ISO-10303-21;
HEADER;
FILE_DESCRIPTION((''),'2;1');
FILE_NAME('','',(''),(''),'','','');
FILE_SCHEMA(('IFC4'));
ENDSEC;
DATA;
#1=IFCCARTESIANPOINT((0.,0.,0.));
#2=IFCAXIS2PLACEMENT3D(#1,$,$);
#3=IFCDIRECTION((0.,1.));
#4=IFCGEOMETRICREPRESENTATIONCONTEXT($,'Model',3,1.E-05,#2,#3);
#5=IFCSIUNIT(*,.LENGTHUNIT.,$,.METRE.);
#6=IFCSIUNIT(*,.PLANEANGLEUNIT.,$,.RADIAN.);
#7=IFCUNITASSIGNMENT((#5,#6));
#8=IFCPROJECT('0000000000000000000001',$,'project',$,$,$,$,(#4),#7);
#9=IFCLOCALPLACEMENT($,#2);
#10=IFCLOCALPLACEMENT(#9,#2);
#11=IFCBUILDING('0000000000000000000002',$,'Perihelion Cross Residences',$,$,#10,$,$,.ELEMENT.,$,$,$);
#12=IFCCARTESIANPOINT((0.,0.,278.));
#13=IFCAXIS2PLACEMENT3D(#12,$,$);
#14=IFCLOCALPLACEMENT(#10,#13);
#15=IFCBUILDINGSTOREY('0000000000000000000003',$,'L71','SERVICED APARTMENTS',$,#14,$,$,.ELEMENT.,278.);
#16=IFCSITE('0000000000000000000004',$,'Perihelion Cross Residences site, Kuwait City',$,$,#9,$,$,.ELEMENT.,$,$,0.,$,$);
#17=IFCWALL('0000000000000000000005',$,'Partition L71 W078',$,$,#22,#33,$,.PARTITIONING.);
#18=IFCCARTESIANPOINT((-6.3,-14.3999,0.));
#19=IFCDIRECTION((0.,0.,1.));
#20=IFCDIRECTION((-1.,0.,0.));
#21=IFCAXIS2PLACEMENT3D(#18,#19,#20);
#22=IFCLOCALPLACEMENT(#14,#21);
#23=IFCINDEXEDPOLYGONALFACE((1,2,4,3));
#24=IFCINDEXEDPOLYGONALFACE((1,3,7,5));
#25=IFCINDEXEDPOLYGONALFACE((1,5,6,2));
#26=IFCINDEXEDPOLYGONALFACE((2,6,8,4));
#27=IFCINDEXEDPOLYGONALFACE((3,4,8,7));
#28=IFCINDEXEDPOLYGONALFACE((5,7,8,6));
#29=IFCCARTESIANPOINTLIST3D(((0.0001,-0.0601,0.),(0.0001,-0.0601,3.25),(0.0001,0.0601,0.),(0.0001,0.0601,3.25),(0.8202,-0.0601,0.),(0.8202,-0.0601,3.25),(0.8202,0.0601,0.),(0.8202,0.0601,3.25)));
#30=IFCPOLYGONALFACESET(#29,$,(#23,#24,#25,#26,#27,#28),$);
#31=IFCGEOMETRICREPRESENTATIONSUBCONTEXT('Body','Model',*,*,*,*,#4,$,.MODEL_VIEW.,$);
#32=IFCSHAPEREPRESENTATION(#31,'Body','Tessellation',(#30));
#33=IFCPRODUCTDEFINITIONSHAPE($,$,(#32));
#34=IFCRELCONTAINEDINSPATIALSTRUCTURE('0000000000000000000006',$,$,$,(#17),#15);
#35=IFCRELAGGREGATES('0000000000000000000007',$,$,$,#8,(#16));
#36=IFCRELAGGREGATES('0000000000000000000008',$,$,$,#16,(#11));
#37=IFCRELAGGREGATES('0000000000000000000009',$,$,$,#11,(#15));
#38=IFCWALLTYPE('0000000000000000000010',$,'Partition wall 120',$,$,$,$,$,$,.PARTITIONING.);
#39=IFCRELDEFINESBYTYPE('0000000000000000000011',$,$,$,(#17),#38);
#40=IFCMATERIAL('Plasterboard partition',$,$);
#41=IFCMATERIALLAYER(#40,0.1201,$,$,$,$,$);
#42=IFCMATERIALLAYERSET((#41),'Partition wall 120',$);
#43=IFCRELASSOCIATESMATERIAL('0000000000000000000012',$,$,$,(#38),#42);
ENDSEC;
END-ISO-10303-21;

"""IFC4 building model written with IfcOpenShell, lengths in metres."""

from ifc_helpers import new_model, si_unit, direction, frame, frame_2d, origin, place, context, subcontext, project, spatial, rectangle, extrude, material, layer, layer_set, type_object, element, save


model = new_model("IFC4")

# Units and contexts
model_context = context("Model", 3, precision=1e-05, world=origin(), true_north=direction((0.0, 1.0)))
body_context = subcontext(model_context, "Body", "Model", "MODEL_VIEW")
ifc_project = project(units=[si_unit("LENGTHUNIT", "METRE"), si_unit("PLANEANGLEUNIT", "RADIAN")], contexts=[model_context])

# Site, building, storey
site_placement = place(None, origin())
site = spatial("IfcSite", under=ifc_project, at=site_placement, Name="Perihelion Cross Residences site, Kuwait City", CompositionType="ELEMENT", RefElevation=0.0)
building_placement = place(site_placement, origin())
building = spatial("IfcBuilding", under=site, at=building_placement, Name="Perihelion Cross Residences", CompositionType="ELEMENT")
storey_placement = place(building_placement, frame((0.0, 0.0, 278.0)))
storey = spatial("IfcBuildingStorey", under=building, at=storey_placement, Name="L71", Description="SERVICED APARTMENTS", CompositionType="ELEMENT", Elevation=278.0)

# Wall
ifc_material_1 = material(Name="Plasterboard partition")
ifc_layer_1 = layer(ifc_material_1, 0.1201)
ifc_layer_set_1 = layer_set([ifc_layer_1], Name="Partition wall 120")
wall_type_1 = type_object("IfcWallType", Name="Partition wall 120", PredefinedType="PARTITIONING", material=ifc_layer_set_1)
wall_1_placement = place(storey_placement, frame((-6.3, -14.3999, 0.0), z_axis=(0.0, 0.0, 1.0), x_axis=(-1.0, 0.0, 0.0)))
element("IfcWall", 1, at=wall_1_placement, inside=storey, type_object=wall_type_1, Name="Partition L71 W078", PredefinedType="PARTITIONING", context=body_context, shape_type="SweptSolid", body=[
    extrude(rectangle(XDim=0.8201, YDim=0.1201, at=frame_2d((0.4102, 0.0))), origin(), (0.0, 0.0, 1.0), 3.25),
])

save(model, "model.ifc")
